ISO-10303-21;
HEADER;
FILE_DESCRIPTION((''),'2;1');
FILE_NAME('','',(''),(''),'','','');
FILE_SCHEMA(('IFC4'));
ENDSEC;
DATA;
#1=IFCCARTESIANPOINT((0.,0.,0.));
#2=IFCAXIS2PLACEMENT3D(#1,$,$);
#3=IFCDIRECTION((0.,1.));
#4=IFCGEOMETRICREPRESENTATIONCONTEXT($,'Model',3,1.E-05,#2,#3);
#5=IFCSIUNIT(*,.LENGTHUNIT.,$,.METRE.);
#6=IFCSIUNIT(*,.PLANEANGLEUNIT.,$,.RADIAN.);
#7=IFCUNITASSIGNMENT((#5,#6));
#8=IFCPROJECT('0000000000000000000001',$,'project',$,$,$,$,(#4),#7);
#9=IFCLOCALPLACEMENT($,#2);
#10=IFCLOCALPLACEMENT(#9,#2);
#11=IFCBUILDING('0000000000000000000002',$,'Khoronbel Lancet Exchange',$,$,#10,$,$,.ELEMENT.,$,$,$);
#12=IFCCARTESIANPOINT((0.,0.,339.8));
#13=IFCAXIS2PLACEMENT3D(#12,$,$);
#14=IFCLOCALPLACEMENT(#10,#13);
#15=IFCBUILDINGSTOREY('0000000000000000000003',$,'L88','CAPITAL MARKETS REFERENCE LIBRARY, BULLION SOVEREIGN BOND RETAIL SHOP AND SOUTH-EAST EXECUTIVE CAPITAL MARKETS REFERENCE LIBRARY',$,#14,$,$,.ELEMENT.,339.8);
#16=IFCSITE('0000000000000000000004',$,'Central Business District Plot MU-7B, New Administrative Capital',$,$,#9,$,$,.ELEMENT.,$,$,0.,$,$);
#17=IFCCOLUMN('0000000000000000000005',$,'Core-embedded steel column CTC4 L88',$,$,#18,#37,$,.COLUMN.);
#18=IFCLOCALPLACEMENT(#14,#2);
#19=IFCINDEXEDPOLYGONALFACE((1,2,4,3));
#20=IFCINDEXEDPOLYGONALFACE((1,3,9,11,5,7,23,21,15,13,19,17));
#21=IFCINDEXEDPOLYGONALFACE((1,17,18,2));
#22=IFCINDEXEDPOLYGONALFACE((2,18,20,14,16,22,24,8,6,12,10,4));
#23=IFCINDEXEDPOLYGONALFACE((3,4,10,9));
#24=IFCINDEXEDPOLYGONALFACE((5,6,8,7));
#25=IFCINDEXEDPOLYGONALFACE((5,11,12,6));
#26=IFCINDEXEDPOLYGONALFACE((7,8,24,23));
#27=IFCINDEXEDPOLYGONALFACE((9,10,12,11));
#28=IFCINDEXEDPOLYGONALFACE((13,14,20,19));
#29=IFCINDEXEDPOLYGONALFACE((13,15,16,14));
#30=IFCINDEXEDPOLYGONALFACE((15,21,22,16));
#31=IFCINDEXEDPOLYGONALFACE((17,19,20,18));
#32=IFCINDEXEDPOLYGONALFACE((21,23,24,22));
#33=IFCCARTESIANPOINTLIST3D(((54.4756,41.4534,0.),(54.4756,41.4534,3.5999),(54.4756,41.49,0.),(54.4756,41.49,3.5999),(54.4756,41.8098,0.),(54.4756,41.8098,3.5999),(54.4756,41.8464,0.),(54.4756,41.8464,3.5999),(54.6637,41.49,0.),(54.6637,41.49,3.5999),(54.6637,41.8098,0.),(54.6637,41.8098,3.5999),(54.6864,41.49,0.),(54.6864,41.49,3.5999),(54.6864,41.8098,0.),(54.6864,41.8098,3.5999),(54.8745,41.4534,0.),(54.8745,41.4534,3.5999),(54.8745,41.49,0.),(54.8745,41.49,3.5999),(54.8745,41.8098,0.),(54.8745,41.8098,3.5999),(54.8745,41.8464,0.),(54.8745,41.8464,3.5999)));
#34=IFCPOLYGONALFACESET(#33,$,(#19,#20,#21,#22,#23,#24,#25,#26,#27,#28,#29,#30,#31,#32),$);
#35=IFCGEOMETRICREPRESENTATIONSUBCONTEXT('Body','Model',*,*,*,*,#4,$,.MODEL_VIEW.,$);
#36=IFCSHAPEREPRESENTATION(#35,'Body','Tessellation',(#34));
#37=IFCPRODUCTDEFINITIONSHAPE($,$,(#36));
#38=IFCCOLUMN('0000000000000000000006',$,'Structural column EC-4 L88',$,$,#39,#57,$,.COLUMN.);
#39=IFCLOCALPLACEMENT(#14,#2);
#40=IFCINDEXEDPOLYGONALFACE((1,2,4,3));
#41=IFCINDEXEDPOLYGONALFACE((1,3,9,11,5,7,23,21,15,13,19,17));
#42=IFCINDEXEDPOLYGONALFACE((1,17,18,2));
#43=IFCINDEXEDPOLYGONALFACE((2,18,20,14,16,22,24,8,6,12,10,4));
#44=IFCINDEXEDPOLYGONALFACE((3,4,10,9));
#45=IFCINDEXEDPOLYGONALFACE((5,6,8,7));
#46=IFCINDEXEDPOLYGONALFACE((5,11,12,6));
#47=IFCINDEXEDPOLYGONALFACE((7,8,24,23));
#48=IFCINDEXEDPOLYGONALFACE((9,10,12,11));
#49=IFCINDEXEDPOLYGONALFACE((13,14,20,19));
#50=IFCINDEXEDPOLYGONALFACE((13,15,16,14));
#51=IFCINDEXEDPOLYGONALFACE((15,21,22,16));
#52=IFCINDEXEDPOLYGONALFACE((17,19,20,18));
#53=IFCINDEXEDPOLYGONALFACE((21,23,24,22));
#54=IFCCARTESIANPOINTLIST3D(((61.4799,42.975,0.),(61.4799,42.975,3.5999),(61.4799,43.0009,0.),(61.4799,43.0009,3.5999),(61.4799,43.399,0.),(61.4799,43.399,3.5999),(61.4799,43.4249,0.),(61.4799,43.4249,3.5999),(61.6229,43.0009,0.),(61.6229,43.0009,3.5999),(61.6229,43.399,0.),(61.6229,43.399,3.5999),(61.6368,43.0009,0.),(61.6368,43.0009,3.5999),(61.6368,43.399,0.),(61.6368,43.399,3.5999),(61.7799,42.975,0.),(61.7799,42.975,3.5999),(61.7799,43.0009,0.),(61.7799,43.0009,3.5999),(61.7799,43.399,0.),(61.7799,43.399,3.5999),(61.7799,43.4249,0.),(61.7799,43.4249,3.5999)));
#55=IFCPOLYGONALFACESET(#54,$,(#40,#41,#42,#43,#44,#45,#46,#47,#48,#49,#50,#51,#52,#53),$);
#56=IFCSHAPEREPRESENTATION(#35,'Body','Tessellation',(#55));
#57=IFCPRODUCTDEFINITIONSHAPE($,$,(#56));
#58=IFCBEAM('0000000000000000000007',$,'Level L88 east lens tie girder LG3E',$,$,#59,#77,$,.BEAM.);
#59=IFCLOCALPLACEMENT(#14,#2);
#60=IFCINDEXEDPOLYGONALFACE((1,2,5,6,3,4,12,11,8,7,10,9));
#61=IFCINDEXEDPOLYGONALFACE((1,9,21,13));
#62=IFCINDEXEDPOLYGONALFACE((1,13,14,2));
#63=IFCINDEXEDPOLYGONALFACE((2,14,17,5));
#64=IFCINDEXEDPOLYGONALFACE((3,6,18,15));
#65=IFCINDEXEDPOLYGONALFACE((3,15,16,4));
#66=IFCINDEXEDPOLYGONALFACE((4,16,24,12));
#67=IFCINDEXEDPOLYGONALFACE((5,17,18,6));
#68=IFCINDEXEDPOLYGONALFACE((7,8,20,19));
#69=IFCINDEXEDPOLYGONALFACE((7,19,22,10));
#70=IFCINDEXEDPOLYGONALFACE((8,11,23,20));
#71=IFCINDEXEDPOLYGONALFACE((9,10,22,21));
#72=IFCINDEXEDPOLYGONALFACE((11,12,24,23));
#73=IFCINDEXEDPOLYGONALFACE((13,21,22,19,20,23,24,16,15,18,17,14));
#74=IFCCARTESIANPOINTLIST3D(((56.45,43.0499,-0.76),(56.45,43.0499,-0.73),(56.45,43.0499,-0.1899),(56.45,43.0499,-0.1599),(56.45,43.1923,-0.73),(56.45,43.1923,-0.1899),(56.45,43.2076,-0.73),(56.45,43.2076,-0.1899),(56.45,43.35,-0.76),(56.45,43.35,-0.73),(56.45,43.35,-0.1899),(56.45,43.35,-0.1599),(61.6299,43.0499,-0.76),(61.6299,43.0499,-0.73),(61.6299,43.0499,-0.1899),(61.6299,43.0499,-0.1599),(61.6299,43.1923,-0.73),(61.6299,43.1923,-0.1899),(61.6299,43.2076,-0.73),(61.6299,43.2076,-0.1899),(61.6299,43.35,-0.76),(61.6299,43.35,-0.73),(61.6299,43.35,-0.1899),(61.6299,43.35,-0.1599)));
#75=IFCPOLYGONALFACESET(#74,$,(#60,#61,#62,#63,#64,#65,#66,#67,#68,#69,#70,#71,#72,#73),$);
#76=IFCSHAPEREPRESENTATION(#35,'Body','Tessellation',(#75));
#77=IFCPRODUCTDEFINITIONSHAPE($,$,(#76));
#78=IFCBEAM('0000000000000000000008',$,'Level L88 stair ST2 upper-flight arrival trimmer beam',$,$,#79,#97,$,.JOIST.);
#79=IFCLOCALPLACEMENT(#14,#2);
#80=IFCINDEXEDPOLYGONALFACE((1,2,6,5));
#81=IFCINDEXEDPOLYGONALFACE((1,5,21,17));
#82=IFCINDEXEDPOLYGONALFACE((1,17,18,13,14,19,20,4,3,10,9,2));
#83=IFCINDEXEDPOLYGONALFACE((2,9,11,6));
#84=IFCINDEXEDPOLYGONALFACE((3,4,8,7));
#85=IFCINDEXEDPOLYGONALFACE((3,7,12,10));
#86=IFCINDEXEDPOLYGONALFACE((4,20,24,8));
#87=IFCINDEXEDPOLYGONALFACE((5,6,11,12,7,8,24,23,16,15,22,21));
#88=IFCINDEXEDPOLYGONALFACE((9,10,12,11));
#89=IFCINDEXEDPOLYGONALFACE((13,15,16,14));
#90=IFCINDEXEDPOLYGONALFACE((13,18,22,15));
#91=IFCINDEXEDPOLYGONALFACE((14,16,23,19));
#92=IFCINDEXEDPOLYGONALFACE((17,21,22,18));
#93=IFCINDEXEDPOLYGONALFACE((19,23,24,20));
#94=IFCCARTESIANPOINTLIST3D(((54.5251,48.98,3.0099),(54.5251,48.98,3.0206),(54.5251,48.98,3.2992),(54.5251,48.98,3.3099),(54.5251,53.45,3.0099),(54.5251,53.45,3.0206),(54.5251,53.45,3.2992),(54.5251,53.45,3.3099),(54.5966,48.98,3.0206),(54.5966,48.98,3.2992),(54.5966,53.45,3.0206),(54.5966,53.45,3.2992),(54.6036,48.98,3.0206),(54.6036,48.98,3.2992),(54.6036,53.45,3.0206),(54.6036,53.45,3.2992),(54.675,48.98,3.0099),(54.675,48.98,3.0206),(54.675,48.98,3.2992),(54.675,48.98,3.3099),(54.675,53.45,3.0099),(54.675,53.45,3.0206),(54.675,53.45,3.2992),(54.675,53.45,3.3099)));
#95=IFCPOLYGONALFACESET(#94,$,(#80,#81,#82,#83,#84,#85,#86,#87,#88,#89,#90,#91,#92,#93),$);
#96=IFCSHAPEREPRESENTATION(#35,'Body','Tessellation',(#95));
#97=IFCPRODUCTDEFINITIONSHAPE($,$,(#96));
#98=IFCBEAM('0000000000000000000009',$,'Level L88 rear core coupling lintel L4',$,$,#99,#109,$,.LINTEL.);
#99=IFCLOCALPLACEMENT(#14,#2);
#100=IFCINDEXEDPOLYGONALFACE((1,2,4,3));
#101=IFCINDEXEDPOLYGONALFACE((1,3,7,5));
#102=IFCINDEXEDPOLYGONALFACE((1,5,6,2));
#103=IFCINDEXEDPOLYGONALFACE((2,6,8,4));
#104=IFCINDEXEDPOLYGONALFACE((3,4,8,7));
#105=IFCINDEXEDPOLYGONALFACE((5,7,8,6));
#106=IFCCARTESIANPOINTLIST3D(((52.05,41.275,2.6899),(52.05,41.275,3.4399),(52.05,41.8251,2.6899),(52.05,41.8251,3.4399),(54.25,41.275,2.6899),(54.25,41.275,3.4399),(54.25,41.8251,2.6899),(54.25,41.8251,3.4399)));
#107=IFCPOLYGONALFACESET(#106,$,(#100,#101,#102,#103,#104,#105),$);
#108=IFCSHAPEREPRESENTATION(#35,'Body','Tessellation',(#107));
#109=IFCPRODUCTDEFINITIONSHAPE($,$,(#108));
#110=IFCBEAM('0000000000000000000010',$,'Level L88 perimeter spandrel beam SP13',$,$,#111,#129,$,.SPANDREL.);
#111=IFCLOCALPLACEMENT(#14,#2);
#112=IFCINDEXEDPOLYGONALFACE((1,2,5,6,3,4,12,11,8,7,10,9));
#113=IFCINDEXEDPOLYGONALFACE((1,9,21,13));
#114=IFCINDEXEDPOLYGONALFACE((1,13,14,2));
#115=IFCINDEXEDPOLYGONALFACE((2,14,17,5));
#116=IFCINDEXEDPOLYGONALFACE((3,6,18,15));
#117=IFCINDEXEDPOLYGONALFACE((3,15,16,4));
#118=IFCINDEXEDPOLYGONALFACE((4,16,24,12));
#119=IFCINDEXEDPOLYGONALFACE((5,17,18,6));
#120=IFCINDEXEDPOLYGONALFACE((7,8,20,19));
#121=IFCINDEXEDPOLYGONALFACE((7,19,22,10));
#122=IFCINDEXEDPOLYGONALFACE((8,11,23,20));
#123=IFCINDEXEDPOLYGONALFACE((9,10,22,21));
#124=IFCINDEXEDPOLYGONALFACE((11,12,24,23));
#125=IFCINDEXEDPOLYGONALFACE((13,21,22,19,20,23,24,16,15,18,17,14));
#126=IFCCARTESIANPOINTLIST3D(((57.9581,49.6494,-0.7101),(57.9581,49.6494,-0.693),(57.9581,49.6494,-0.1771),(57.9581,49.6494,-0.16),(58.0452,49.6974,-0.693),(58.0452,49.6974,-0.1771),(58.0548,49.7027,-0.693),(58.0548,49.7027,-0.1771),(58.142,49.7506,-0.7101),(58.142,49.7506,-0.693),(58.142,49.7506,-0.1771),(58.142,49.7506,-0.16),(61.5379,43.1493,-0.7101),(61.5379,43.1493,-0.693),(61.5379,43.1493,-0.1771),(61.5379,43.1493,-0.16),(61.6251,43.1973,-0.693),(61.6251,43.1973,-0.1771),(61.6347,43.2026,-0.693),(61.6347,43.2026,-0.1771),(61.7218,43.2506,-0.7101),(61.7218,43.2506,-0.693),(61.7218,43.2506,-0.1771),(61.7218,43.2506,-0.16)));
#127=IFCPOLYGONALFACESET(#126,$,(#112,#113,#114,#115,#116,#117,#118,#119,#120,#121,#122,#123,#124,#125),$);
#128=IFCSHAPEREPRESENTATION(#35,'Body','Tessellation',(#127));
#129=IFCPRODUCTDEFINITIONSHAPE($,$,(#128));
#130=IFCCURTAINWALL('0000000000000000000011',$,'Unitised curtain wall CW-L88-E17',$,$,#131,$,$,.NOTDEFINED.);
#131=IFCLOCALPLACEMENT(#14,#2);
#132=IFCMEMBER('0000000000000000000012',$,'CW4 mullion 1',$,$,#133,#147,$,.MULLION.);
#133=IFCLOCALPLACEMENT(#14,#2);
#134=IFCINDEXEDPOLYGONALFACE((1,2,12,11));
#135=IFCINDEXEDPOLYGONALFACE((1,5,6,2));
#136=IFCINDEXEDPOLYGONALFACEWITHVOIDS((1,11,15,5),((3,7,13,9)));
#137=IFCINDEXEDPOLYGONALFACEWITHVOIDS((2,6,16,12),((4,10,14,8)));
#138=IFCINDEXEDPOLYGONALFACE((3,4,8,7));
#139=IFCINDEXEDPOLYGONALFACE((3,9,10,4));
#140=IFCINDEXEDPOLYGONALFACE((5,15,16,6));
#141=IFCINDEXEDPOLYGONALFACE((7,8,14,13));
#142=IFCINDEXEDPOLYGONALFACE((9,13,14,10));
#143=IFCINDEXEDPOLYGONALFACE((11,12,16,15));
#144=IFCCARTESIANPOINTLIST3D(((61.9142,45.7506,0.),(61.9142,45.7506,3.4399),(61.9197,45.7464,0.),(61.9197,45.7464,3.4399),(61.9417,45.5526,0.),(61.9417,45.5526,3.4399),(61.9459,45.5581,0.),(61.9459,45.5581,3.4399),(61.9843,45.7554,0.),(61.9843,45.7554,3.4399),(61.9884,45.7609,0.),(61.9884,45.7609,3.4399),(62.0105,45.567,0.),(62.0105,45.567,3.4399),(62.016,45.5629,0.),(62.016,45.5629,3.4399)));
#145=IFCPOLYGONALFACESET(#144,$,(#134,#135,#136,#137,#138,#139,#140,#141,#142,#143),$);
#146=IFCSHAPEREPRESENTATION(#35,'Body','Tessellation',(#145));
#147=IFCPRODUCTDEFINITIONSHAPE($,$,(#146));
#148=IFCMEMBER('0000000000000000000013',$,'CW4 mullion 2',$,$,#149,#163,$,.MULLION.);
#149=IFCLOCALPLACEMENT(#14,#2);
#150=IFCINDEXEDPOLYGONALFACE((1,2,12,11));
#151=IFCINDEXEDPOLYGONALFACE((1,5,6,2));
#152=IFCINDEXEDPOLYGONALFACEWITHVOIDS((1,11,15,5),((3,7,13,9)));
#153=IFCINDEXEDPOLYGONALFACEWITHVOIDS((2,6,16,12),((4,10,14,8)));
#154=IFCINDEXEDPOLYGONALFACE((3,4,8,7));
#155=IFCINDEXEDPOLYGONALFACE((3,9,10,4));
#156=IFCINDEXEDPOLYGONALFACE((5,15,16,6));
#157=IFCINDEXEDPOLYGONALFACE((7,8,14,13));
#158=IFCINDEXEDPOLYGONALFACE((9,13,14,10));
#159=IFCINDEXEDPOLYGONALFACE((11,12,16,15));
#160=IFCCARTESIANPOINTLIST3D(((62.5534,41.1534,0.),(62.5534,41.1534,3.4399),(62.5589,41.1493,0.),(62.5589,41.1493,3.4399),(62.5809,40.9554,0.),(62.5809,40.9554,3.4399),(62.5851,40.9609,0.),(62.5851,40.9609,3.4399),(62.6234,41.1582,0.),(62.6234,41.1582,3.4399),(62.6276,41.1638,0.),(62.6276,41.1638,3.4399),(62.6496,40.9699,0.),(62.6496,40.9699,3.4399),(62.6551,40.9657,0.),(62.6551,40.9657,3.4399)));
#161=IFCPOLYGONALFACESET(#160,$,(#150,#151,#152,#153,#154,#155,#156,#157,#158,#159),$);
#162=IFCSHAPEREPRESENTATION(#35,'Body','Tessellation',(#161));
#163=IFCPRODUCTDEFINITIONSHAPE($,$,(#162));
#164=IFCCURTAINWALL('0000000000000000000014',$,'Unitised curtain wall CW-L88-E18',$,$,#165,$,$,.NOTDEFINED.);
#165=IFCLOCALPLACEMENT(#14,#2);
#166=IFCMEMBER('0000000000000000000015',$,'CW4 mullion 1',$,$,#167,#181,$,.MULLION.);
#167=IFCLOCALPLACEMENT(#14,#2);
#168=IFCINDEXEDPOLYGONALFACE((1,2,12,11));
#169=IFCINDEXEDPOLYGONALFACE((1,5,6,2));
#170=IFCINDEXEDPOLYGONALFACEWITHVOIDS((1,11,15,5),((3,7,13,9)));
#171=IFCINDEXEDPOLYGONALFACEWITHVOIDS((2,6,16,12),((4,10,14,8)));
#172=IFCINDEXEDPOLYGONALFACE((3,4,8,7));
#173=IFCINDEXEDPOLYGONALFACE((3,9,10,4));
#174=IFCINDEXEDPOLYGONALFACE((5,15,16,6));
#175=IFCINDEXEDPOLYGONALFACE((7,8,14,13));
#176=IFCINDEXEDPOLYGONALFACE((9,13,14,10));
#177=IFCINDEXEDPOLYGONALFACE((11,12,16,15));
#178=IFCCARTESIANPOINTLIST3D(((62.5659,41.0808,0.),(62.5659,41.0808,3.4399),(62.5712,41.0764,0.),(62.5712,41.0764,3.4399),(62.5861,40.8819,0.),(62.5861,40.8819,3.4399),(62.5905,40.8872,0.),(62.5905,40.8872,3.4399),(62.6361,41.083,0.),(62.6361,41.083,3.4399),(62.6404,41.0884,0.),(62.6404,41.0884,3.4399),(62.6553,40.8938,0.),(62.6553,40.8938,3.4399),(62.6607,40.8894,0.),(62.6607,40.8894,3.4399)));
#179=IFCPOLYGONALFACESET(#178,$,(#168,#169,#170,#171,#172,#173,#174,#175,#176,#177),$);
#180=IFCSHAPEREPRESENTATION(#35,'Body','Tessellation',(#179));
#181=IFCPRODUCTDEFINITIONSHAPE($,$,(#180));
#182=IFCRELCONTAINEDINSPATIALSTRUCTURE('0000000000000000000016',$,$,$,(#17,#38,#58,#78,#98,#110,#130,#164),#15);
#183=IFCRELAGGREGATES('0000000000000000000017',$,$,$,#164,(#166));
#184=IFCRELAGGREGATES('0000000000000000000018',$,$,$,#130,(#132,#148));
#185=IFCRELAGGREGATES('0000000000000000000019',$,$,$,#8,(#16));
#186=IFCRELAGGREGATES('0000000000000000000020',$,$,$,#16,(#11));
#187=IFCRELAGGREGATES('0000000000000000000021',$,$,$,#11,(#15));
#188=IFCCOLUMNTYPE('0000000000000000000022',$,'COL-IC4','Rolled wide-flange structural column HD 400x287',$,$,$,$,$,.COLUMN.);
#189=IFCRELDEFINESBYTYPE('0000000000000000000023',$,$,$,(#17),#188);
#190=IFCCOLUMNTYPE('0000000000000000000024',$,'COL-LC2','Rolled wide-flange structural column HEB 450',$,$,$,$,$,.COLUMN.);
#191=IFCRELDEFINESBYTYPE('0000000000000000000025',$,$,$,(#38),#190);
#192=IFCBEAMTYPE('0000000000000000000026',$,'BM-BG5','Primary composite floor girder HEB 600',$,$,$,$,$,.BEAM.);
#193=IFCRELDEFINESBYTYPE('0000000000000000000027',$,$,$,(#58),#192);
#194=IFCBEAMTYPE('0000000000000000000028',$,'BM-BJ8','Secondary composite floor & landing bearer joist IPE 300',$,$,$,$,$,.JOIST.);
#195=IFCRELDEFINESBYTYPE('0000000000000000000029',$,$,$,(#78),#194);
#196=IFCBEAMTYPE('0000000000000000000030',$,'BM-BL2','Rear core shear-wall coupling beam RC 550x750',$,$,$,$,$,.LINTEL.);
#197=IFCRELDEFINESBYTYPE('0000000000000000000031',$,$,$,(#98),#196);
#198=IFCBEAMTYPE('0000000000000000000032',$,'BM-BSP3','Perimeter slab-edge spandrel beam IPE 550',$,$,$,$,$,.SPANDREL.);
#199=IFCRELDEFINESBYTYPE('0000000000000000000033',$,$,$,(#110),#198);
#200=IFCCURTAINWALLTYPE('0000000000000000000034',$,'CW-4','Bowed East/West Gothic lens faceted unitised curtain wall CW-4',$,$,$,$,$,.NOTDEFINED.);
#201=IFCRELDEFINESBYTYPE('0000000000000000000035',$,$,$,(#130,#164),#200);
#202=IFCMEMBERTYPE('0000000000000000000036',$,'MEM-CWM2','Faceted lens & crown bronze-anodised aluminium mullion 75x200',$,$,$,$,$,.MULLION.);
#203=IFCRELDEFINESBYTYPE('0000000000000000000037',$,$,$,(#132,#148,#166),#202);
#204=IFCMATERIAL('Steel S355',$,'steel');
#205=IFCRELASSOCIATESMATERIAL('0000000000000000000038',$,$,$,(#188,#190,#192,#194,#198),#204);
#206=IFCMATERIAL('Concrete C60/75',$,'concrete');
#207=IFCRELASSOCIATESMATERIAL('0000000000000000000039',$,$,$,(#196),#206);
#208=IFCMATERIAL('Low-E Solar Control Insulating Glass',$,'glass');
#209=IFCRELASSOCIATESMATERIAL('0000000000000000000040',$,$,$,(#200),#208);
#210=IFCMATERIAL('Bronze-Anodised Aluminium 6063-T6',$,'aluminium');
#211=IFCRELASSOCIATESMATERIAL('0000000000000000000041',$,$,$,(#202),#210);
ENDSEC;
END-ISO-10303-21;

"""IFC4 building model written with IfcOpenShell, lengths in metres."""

from ifc_helpers import new_model, si_unit, direction, frame, origin, origin_2d, place, context, subcontext, project, spatial, rectangle, hollow_rectangle, i_section, extrude, material, material_profile, profile_set, type_object, element, aggregate, save


model = new_model("IFC4")

# Units and contexts
model_context = context("Model", 3, precision=1e-05, world=origin(), true_north=direction((0.0, 1.0)))
body_context = subcontext(model_context, "Body", "Model", "MODEL_VIEW")
ifc_project = project(units=[si_unit("LENGTHUNIT", "METRE"), si_unit("PLANEANGLEUNIT", "RADIAN")], contexts=[model_context])

# Site, building, storey
site_placement = place(None, origin())
site = spatial("IfcSite", under=ifc_project, at=site_placement, Name="Central Business District Plot MU-7B, New Administrative Capital", CompositionType="ELEMENT", RefElevation=0.0)
building_placement = place(site_placement, origin())
building = spatial("IfcBuilding", under=site, at=building_placement, Name="Khoronbel Lancet Exchange", CompositionType="ELEMENT")
storey_placement = place(building_placement, frame((0.0, 0.0, 339.8)))
storey = spatial("IfcBuildingStorey", under=building, at=storey_placement, Name="L88", Description="CAPITAL MARKETS REFERENCE LIBRARY, BULLION SOVEREIGN BOND RETAIL SHOP AND SOUTH-EAST EXECUTIVE CAPITAL MARKETS REFERENCE LIBRARY", CompositionType="ELEMENT", Elevation=339.8)

# Columns
ifc_material_1 = material(Name="Steel S355", Category="steel")
ifc_material_profile_1 = material_profile(ifc_material_1, i_section(OverallWidth=0.3989, OverallDepth=0.3931, WebThickness=0.0227, FlangeThickness=0.0366, at=origin_2d()), Name="HD 400x287")
ifc_profile_set_1 = profile_set([ifc_material_profile_1], Name="Steel S355")
column_type_1 = type_object("IfcColumnType", Name="COL-IC4", Description="Rolled wide-flange structural column HD 400x287", PredefinedType="COLUMN", material=ifc_profile_set_1)
column_1_placement = place(storey_placement, frame((54.675, 41.6499, 0.0), z_axis=(0.0, 0.0, 1.0), x_axis=(1.0, 0.0, 0.0)))
element("IfcColumn", 1, at=column_1_placement, inside=storey, type_object=column_type_1, Name="Core-embedded steel column CTC4 L88", PredefinedType="COLUMN", context=body_context, shape_type="SweptSolid", body=[
    extrude(i_section(OverallWidth=0.3989, OverallDepth=0.3931, WebThickness=0.0227, FlangeThickness=0.0366, at=origin_2d()), origin(), (0.0, 0.0, 1.0), 3.5999),
])
ifc_material_profile_2 = material_profile(ifc_material_1, i_section(OverallWidth=0.3, OverallDepth=0.45, WebThickness=0.0139, FlangeThickness=0.0259, at=origin_2d()), Name="HEB 450")
ifc_profile_set_2 = profile_set([ifc_material_profile_2], Name="Steel S355")
column_type_2 = type_object("IfcColumnType", Name="COL-LC2", Description="Rolled wide-flange structural column HEB 450", PredefinedType="COLUMN", material=ifc_profile_set_2)
column_2_placement = place(storey_placement, frame((61.6299, 43.2, 0.0), z_axis=(0.0, 0.0, 1.0), x_axis=(1.0, 0.0, 0.0)))
element("IfcColumn", 2, at=column_2_placement, inside=storey, type_object=column_type_2, Name="Structural column EC-4 L88", PredefinedType="COLUMN", context=body_context, shape_type="SweptSolid", body=[
    extrude(i_section(OverallWidth=0.3, OverallDepth=0.45, WebThickness=0.0139, FlangeThickness=0.0259, at=origin_2d()), origin(), (0.0, 0.0, 1.0), 3.5999),
])

# Beams
ifc_material_profile_3 = material_profile(ifc_material_1, i_section(OverallWidth=0.3, OverallDepth=0.6001, WebThickness=0.0154, FlangeThickness=0.03, at=origin_2d()), Name="HEB 600")
ifc_profile_set_3 = profile_set([ifc_material_profile_3], Name="Steel S355")
beam_type_1 = type_object("IfcBeamType", Name="BM-BG5", Description="Primary composite floor girder HEB 600", PredefinedType="BEAM", material=ifc_profile_set_3)
beam_1_placement = place(storey_placement, frame((56.45, 43.2, -0.46), z_axis=(1.0, 0.0, 0.0), x_axis=(0.0, 1.0, 0.0)))
element("IfcBeam", 3, at=beam_1_placement, inside=storey, type_object=beam_type_1, Name="Level L88 east lens tie girder LG3E", PredefinedType="BEAM", context=body_context, shape_type="SweptSolid", body=[
    extrude(i_section(OverallWidth=0.3, OverallDepth=0.6001, WebThickness=0.0154, FlangeThickness=0.03, at=origin_2d()), origin(), (0.0, 0.0, 1.0), 5.1799),
])
ifc_material_profile_4 = material_profile(ifc_material_1, i_section(OverallWidth=0.1499, OverallDepth=0.3, WebThickness=0.0071, FlangeThickness=0.0107, at=origin_2d()), Name="IPE 300")
ifc_profile_set_4 = profile_set([ifc_material_profile_4], Name="Steel S355")
beam_type_2 = type_object("IfcBeamType", Name="BM-BJ8", Description="Secondary composite floor & landing bearer joist IPE 300", PredefinedType="JOIST", material=ifc_profile_set_4)
beam_2_placement = place(storey_placement, frame((54.6001, 48.98, 3.1599), z_axis=(0.0, 1.0, 0.0), x_axis=(-1.0, 0.0, 0.0)))
element("IfcBeam", 4, at=beam_2_placement, inside=storey, type_object=beam_type_2, Name="Level L88 stair ST2 upper-flight arrival trimmer beam", PredefinedType="JOIST", context=body_context, shape_type="SweptSolid", body=[
    extrude(i_section(OverallWidth=0.1499, OverallDepth=0.3, WebThickness=0.0071, FlangeThickness=0.0107, at=origin_2d()), origin(), (0.0, 0.0, 1.0), 4.47),
])
ifc_material_2 = material(Name="Concrete C60/75", Category="concrete")
ifc_material_profile_5 = material_profile(ifc_material_2, rectangle(XDim=0.55, YDim=0.75, at=origin_2d()), Name="RC 550x750")
ifc_profile_set_5 = profile_set([ifc_material_profile_5], Name="Concrete C60/75")
beam_type_3 = type_object("IfcBeamType", Name="BM-BL2", Description="Rear core shear-wall coupling beam RC 550x750", PredefinedType="LINTEL", material=ifc_profile_set_5)
beam_3_placement = place(storey_placement, frame((52.05, 41.55, 3.0649), z_axis=(1.0, 0.0, 0.0), x_axis=(0.0, 1.0, 0.0)))
element("IfcBeam", 5, at=beam_3_placement, inside=storey, type_object=beam_type_3, Name="Level L88 rear core coupling lintel L4", PredefinedType="LINTEL", context=body_context, shape_type="SweptSolid", body=[
    extrude(rectangle(XDim=0.55, YDim=0.75, at=origin_2d()), origin(), (0.0, 0.0, 1.0), 2.2),
])
ifc_material_profile_6 = material_profile(ifc_material_1, i_section(OverallWidth=0.21, OverallDepth=0.55, WebThickness=0.011, FlangeThickness=0.0171, at=origin_2d()), Name="IPE 550")
ifc_profile_set_6 = profile_set([ifc_material_profile_6], Name="Steel S355")
beam_type_4 = type_object("IfcBeamType", Name="BM-BSP3", Description="Perimeter slab-edge spandrel beam IPE 550", PredefinedType="SPANDREL", material=ifc_profile_set_6)
beam_4_placement = place(storey_placement, frame((61.6299, 43.2, -0.4351), z_axis=(-0.482419, 0.875941, 0.0), x_axis=(-0.875941, -0.482419, 0.0)))
element("IfcBeam", 6, at=beam_4_placement, inside=storey, type_object=beam_type_4, Name="Level L88 perimeter spandrel beam SP13", PredefinedType="SPANDREL", context=body_context, shape_type="SweptSolid", body=[
    extrude(i_section(OverallWidth=0.21, OverallDepth=0.55, WebThickness=0.011, FlangeThickness=0.0171, at=origin_2d()), origin(), (0.0, 0.0, 1.0), 7.4207),
])

# Curtain wall, members
ifc_material_3 = material(Name="Low-E Solar Control Insulating Glass", Category="glass")
curtain_wall_type = type_object("IfcCurtainWallType", Name="CW-4", Description="Bowed East/West Gothic lens faceted unitised curtain wall CW-4", PredefinedType="NOTDEFINED", material=ifc_material_3)
curtain_wall_1_placement = place(storey_placement, origin())
curtain_wall_1 = element("IfcCurtainWall", 7, at=curtain_wall_1_placement, inside=storey, type_object=curtain_wall_type, Name="Unitised curtain wall CW-L88-E17", PredefinedType="NOTDEFINED")
ifc_material_4 = material(Name="Bronze-Anodised Aluminium 6063-T6", Category="aluminium")
ifc_material_profile_7 = material_profile(ifc_material_4, hollow_rectangle(XDim=0.075, YDim=0.2, WallThickness=0.0049, at=origin_2d()), Name="ALU MULLION 75x200")
ifc_profile_set_7 = profile_set([ifc_material_profile_7], Name="Bronze-Anodised Aluminium 6063-T6")
member_type_1 = type_object("IfcMemberType", Name="MEM-CWM2", Description="Faceted lens & crown bronze-anodised aluminium mullion 75x200", PredefinedType="MULLION", material=ifc_profile_set_7)
member_1_placement = place(storey_placement, frame((61.9651, 45.6567, 0.0), z_axis=(0.0, 0.0, 1.0), x_axis=(0.990475, 0.137695, 0.0)))
member_1 = element("IfcMember", 8, at=member_1_placement, type_object=member_type_1, Name="CW4 mullion 1", PredefinedType="MULLION", context=body_context, shape_type="SweptSolid", body=[
    extrude(hollow_rectangle(XDim=0.075, YDim=0.2, WallThickness=0.0049, at=origin_2d()), origin(), (0.0, 0.0, 1.0), 3.4399),
])
member_2_placement = place(storey_placement, frame((62.6042, 41.0596, 0.0), z_axis=(0.0, 0.0, 1.0), x_axis=(0.990475, 0.137695, 0.0)))
member_2 = element("IfcMember", 9, at=member_2_placement, type_object=member_type_1, Name="CW4 mullion 2", PredefinedType="MULLION", context=body_context, shape_type="SweptSolid", body=[
    extrude(hollow_rectangle(XDim=0.075, YDim=0.2, WallThickness=0.0049, at=origin_2d()), origin(), (0.0, 0.0, 1.0), 3.4399),
])

# Curtain wall, member
curtain_wall_2_placement = place(storey_placement, origin())
curtain_wall_2 = element("IfcCurtainWall", 10, at=curtain_wall_2_placement, inside=storey, type_object=curtain_wall_type, Name="Unitised curtain wall CW-L88-E18", PredefinedType="NOTDEFINED")
member_3_placement = place(storey_placement, frame((62.6133, 40.9851, 0.0), z_axis=(0.0, 0.0, 1.0), x_axis=(0.994858, 0.101278, 0.0)))
member_3 = element("IfcMember", 11, at=member_3_placement, type_object=member_type_1, Name="CW4 mullion 1", PredefinedType="MULLION", context=body_context, shape_type="SweptSolid", body=[
    extrude(hollow_rectangle(XDim=0.075, YDim=0.2, WallThickness=0.0049, at=origin_2d()), origin(), (0.0, 0.0, 1.0), 3.4399),
])

aggregate(curtain_wall_2, [member_3])
aggregate(curtain_wall_1, [member_1, member_2])

save(model, "model.ifc")
